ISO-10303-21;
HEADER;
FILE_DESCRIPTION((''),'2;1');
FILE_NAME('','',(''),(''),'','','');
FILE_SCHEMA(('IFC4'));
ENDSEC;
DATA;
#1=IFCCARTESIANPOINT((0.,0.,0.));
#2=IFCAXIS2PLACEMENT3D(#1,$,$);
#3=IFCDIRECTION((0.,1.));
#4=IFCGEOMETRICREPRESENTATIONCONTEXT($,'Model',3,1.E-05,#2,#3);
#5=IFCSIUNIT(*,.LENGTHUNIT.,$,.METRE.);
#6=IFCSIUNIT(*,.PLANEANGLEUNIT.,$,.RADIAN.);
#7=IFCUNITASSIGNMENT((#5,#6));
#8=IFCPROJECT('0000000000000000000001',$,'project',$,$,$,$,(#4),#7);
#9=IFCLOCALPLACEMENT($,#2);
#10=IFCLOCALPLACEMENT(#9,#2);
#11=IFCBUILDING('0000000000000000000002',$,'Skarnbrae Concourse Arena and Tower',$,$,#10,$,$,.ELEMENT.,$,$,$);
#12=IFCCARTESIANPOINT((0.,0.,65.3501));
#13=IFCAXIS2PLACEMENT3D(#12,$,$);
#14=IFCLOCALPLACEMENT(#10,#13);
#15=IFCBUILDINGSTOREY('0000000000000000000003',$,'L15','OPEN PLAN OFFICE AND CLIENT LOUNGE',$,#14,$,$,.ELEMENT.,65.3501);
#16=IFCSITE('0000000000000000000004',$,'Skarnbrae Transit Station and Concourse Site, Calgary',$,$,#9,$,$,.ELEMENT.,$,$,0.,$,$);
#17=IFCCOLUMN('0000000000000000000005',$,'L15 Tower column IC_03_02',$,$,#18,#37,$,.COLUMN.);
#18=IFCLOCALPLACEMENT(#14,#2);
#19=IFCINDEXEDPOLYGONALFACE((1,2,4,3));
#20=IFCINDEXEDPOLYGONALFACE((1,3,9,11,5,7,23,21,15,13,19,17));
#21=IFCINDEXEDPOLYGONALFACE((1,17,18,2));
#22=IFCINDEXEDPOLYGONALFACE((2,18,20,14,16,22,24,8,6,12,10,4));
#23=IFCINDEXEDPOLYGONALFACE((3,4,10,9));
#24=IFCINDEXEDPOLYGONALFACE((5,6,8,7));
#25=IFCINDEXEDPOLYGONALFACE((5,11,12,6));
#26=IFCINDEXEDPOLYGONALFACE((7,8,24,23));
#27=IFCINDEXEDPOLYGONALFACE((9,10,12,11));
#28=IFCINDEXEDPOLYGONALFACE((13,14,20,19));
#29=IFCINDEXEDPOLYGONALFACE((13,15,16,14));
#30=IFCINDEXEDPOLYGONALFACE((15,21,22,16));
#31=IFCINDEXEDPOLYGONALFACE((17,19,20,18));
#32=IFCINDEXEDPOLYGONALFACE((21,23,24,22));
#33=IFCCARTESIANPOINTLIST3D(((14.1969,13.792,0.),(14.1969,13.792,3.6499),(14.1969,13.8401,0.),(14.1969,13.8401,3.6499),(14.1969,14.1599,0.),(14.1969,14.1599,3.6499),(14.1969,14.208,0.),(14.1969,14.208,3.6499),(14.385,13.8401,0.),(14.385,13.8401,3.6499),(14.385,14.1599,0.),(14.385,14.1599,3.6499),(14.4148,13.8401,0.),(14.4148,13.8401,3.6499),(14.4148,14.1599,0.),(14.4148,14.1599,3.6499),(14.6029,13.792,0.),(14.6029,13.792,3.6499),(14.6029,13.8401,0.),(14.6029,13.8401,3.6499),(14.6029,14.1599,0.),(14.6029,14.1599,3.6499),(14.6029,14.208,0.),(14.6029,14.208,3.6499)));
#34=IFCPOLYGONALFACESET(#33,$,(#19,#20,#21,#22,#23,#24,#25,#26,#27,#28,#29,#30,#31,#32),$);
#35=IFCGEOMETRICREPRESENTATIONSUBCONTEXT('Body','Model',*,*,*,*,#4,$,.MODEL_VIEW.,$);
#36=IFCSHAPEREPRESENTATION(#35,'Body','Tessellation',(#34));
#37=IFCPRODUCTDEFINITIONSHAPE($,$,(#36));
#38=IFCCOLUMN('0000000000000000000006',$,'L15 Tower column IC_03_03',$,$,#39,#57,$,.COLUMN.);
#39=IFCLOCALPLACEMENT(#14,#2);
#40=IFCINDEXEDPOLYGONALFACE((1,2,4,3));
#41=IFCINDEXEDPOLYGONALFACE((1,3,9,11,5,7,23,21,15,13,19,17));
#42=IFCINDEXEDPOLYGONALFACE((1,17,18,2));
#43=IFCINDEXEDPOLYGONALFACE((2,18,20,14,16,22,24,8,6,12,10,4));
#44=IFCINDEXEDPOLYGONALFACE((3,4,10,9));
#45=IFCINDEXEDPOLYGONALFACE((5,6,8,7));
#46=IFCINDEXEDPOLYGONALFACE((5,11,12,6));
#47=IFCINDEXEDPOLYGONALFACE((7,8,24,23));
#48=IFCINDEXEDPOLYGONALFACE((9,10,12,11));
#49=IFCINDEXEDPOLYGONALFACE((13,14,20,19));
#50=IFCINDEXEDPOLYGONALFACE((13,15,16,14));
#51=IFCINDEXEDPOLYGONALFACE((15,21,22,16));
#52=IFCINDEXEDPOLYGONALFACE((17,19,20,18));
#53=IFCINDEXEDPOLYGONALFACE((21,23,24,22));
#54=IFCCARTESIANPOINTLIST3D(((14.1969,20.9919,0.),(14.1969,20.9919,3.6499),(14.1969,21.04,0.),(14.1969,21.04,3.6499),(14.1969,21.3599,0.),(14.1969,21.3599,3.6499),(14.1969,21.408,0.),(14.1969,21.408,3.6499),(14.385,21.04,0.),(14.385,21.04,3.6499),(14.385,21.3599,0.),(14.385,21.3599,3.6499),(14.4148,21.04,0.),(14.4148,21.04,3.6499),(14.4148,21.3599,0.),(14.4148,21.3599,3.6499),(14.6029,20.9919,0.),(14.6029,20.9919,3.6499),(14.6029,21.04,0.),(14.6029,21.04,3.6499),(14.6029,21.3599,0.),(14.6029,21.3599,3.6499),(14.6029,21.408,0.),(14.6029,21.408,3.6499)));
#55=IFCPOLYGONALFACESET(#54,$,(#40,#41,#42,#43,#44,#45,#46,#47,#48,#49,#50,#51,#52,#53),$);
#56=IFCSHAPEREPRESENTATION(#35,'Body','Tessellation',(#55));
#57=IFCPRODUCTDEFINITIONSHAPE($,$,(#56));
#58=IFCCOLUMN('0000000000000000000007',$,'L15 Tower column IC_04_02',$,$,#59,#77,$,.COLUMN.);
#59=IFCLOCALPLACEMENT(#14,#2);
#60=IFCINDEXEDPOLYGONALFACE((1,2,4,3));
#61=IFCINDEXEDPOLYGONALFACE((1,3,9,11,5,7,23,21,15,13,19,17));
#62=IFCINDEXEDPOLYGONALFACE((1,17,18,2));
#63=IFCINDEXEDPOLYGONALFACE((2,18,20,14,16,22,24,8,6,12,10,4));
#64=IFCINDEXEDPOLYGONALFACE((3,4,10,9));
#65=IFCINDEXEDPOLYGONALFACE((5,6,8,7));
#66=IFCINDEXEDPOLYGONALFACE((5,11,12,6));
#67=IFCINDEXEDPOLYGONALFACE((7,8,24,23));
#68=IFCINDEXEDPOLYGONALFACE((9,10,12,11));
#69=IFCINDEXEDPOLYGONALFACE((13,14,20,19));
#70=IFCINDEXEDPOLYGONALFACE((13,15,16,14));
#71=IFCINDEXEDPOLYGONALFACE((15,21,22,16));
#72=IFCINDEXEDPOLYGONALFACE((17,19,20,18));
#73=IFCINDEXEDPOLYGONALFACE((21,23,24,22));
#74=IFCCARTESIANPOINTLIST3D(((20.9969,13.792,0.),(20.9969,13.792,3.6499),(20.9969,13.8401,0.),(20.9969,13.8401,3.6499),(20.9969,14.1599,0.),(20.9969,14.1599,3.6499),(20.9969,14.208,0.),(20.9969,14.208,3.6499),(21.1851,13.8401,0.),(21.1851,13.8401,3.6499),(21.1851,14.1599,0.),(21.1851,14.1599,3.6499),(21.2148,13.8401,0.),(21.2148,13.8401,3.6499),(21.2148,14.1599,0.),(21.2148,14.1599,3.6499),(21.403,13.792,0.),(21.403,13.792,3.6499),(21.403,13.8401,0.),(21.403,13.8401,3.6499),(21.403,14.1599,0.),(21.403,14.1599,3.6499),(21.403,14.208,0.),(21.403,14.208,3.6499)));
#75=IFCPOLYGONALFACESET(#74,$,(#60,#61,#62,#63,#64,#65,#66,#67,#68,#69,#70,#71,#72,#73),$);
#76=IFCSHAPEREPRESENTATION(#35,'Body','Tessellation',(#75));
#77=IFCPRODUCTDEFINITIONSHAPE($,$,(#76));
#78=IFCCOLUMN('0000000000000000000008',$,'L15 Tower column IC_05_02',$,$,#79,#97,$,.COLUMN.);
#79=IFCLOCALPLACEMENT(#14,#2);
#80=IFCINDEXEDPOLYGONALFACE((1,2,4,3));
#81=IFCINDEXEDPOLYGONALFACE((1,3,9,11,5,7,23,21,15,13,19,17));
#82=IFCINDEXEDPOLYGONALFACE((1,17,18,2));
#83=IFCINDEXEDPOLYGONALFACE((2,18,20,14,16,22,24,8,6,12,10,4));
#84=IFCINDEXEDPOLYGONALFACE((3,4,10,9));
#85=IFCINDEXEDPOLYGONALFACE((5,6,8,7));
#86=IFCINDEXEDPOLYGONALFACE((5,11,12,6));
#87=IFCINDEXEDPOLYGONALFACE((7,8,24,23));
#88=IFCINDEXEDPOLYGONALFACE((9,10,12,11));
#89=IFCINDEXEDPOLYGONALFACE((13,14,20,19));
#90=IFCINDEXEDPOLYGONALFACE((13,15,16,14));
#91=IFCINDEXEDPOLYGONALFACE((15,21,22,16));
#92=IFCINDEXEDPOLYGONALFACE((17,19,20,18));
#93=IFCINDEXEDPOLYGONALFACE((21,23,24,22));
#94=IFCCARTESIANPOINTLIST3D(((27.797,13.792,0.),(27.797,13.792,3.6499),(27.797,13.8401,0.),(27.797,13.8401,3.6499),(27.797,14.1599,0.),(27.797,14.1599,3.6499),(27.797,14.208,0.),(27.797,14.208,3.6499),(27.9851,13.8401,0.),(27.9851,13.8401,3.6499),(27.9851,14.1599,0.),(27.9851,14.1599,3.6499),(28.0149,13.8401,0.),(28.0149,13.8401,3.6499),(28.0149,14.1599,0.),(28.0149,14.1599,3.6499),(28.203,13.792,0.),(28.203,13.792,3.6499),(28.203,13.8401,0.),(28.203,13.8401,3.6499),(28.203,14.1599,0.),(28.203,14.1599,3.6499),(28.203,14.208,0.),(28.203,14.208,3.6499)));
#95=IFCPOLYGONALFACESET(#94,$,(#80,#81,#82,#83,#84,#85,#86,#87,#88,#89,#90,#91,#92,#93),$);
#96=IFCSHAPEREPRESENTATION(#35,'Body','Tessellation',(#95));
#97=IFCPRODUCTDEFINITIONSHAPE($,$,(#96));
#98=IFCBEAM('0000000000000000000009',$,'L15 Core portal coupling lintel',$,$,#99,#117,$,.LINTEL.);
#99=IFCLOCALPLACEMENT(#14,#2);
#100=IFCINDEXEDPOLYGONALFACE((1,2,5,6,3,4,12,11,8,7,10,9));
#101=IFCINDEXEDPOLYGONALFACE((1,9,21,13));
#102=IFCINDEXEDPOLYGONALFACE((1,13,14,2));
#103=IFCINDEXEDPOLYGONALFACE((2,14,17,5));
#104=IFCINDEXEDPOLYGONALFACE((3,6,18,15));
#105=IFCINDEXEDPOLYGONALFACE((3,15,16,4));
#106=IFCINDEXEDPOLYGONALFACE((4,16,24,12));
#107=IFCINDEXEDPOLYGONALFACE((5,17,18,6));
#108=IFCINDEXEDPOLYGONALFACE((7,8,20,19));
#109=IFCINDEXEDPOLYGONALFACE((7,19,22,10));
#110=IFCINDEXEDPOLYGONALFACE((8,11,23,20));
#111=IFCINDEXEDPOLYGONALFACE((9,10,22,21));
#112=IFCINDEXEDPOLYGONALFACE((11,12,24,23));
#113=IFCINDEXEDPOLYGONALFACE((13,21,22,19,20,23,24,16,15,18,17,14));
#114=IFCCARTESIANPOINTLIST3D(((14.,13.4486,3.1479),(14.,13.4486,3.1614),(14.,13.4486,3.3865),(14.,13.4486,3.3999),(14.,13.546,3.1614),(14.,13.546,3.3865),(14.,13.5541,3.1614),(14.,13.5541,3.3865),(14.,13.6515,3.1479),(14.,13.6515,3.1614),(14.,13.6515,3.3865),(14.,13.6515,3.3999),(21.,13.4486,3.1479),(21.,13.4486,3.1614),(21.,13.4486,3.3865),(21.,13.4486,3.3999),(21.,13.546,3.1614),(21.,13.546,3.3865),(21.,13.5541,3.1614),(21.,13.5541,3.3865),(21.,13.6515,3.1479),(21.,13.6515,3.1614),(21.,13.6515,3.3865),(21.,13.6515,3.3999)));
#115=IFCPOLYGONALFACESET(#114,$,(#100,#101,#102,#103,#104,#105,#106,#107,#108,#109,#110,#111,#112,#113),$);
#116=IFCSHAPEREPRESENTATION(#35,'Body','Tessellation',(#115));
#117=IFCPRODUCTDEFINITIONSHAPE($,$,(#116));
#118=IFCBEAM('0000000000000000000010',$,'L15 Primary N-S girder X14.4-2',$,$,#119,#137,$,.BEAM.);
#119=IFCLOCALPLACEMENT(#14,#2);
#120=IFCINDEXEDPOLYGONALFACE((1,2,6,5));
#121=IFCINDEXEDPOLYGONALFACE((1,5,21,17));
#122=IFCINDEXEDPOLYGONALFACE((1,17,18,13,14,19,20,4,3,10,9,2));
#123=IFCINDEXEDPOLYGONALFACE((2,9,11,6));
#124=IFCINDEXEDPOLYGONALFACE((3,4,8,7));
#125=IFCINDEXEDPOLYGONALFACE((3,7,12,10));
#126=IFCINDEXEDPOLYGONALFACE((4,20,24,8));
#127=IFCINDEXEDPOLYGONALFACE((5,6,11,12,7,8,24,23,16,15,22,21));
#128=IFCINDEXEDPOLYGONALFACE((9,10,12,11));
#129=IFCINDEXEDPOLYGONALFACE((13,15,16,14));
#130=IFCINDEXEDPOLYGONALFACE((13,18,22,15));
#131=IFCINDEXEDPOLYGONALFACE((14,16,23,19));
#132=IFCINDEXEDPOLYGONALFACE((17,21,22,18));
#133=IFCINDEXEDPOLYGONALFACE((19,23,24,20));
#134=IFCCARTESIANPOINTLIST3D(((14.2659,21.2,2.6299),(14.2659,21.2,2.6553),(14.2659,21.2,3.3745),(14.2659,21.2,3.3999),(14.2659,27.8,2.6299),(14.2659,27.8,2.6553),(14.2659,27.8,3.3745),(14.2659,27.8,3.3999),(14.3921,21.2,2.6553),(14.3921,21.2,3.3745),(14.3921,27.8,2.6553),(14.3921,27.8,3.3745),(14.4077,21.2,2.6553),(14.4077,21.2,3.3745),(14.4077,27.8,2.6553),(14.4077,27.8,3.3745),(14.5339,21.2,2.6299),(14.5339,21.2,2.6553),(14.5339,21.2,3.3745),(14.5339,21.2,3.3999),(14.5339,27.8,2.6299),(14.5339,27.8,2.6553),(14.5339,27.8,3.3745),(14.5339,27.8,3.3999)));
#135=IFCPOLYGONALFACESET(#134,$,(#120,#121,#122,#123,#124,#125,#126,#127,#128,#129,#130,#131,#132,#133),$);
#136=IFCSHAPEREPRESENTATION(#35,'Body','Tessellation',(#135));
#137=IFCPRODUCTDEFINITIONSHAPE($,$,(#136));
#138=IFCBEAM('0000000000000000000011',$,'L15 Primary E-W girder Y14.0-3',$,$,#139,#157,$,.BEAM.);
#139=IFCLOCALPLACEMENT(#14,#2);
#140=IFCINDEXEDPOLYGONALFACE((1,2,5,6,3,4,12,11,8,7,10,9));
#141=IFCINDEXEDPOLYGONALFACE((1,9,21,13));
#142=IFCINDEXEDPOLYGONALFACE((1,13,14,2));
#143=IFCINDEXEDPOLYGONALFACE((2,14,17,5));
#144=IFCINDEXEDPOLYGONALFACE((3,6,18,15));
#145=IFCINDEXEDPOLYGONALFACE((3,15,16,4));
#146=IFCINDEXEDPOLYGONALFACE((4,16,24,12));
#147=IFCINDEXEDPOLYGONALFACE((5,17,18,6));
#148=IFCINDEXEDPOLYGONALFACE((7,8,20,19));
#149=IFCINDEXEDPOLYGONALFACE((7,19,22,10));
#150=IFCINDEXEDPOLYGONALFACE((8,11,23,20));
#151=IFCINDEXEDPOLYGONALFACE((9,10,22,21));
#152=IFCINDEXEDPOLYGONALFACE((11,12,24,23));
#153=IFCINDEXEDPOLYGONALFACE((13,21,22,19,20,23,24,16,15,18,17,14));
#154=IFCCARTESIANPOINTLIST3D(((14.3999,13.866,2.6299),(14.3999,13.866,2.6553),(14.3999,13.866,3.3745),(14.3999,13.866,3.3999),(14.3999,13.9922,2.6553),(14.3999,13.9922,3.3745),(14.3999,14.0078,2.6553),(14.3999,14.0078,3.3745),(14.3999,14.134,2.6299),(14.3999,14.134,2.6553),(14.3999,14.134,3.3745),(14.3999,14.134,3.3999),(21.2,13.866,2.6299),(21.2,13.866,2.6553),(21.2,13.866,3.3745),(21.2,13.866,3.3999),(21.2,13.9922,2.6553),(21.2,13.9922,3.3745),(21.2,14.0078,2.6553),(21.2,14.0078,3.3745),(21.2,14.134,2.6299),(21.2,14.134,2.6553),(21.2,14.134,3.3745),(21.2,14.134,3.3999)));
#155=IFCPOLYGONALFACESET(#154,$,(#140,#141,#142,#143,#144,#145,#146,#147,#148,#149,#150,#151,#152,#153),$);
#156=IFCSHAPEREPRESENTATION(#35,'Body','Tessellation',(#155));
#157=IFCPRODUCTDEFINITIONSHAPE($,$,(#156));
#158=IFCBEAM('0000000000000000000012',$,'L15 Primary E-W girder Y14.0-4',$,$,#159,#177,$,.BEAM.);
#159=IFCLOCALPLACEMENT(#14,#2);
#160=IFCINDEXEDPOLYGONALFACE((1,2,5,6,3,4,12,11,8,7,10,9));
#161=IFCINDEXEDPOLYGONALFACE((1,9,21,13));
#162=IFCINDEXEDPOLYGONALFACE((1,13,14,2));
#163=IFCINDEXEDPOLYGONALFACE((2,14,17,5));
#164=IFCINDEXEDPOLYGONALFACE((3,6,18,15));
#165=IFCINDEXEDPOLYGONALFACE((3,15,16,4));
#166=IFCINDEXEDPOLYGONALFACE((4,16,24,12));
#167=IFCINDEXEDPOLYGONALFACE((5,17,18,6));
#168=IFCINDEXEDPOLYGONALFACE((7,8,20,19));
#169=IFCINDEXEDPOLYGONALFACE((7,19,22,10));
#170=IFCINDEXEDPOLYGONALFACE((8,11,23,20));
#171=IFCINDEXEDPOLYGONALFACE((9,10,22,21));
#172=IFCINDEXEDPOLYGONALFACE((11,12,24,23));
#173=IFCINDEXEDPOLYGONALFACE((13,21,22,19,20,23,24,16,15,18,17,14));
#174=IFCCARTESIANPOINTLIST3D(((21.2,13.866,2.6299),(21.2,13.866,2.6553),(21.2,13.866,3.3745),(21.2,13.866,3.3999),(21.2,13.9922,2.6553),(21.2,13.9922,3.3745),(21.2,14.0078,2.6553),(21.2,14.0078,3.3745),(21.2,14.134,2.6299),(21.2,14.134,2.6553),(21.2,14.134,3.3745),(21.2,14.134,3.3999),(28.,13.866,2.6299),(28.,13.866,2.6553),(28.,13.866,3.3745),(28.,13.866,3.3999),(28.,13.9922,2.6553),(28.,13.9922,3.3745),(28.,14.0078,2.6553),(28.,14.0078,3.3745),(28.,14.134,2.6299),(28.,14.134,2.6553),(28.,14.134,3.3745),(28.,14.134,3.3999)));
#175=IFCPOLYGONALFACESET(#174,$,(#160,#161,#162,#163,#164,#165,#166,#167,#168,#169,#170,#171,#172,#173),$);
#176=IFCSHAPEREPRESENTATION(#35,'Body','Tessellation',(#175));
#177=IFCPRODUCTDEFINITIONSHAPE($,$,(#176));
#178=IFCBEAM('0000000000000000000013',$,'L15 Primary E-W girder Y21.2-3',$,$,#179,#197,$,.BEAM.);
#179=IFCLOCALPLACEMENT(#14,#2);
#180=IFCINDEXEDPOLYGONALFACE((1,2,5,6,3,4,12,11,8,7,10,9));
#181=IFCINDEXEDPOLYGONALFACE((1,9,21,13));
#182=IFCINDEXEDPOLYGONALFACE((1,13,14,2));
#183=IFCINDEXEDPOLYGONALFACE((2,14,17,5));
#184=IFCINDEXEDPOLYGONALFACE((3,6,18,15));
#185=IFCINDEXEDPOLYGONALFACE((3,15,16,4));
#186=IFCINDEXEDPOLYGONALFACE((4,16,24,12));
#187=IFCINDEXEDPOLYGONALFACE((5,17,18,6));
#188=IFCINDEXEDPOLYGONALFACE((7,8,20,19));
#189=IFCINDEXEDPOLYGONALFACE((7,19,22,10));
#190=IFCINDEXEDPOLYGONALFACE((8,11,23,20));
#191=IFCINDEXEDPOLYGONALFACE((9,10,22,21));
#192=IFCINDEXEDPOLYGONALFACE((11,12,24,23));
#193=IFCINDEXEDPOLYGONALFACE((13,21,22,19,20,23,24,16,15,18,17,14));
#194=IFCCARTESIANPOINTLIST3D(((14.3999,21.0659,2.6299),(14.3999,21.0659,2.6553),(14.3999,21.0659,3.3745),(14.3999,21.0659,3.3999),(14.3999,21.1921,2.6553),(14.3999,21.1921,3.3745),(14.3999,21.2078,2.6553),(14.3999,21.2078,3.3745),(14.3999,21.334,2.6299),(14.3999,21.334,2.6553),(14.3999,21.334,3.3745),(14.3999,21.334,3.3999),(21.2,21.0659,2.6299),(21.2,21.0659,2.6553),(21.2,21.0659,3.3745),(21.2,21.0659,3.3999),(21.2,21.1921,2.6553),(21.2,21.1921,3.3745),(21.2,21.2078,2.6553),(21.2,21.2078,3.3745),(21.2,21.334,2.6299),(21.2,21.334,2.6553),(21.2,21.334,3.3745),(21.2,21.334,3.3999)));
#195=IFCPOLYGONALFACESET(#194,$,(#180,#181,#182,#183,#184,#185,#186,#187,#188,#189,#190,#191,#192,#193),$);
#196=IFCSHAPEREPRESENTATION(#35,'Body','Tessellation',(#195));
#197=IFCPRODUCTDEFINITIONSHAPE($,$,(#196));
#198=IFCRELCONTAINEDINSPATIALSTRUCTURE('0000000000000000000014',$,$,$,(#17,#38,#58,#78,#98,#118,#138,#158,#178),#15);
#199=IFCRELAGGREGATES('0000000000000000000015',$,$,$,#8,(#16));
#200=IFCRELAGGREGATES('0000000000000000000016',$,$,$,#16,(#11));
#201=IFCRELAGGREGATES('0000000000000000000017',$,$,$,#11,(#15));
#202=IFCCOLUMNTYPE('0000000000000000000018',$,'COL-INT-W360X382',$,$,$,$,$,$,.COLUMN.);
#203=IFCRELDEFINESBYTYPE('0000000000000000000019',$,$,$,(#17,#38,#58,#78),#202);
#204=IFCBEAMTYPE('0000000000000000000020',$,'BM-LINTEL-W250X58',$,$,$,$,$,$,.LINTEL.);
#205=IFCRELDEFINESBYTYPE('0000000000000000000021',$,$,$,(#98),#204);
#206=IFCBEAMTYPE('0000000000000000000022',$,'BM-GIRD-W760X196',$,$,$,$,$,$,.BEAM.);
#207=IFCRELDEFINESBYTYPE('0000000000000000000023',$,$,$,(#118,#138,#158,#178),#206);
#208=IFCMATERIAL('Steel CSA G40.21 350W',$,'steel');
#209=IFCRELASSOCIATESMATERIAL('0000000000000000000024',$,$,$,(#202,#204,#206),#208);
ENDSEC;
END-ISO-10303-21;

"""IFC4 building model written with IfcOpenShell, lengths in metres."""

from ifc_helpers import new_model, si_unit, direction, frame, origin, origin_2d, place, context, subcontext, project, spatial, i_section, extrude, source, transform, mapped, material, material_profile, profile_set, type_object, element, save


model = new_model("IFC4")

# Units and contexts
model_context = context("Model", 3, precision=1e-05, world=origin(), true_north=direction((0.0, 1.0)))
body_context = subcontext(model_context, "Body", "Model", "MODEL_VIEW")
ifc_project = project(units=[si_unit("LENGTHUNIT", "METRE"), si_unit("PLANEANGLEUNIT", "RADIAN")], contexts=[model_context])

# Site, building, storey
site_placement = place(None, origin())
site = spatial("IfcSite", under=ifc_project, at=site_placement, Name="Skarnbrae Transit Station and Concourse Site, Calgary", CompositionType="ELEMENT", RefElevation=0.0)
building_placement = place(site_placement, origin())
building = spatial("IfcBuilding", under=site, at=building_placement, Name="Skarnbrae Concourse Arena and Tower", CompositionType="ELEMENT")
storey_placement = place(building_placement, frame((0.0, 0.0, 65.3501)))
storey = spatial("IfcBuildingStorey", under=building, at=storey_placement, Name="L15", Description="OPEN PLAN OFFICE AND CLIENT LOUNGE", CompositionType="ELEMENT", Elevation=65.3501)

# Columns
ifc_material_1 = material(Name="Steel CSA G40.21 350W", Category="steel")
ifc_material_profile_1 = material_profile(ifc_material_1, i_section(OverallWidth=0.406, OverallDepth=0.416, WebThickness=0.0298, FlangeThickness=0.0481, at=origin_2d()), Name="W360X382")
ifc_profile_set_1 = profile_set([ifc_material_profile_1], Name="Steel CSA G40.21 350W")
column_type = type_object("IfcColumnType", Name="COL-INT-W360X382", PredefinedType="COLUMN", material=ifc_profile_set_1)
shared_shape_1 = source(origin(), body_context, "Body", "SweptSolid", [
    extrude(i_section(OverallWidth=0.406, OverallDepth=0.416, WebThickness=0.0298, FlangeThickness=0.0481, at=origin_2d()), origin(), (0.0, 0.0, 1.0), 3.6499),
])
for number, where, z_axis, x_axis, name in (
    (1, (14.3999, 14.0, 0.0), (0.0, 0.0, 1.0), (1.0, 0.0, 0.0), "L15 Tower column IC_03_02"),
    (2, (14.3999, 21.2, 0.0), (0.0, 0.0, 1.0), (1.0, 0.0, 0.0), "L15 Tower column IC_03_03"),
    (3, (21.2, 14.0, 0.0), (0.0, 0.0, 1.0), (1.0, 0.0, 0.0), "L15 Tower column IC_04_02"),
    (4, (28.0, 14.0, 0.0), (0.0, 0.0, 1.0), (1.0, 0.0, 0.0), "L15 Tower column IC_05_02"),
):
    element("IfcColumn", number, at=place(storey_placement, frame(where, z_axis=z_axis, x_axis=x_axis)), inside=storey, type_object=column_type, Name=name, PredefinedType="COLUMN", context=body_context, shape_type="MappedRepresentation", body=[
        mapped(shared_shape_1, transform((0.0, 0.0, 0.0))),
    ])

# Beams
ifc_material_profile_2 = material_profile(ifc_material_1, i_section(OverallWidth=0.2029, OverallDepth=0.252, WebThickness=0.0081, FlangeThickness=0.0134, at=origin_2d()), Name="W250X58")
ifc_profile_set_2 = profile_set([ifc_material_profile_2], Name="Steel CSA G40.21 350W")
beam_type_1 = type_object("IfcBeamType", Name="BM-LINTEL-W250X58", PredefinedType="LINTEL", material=ifc_profile_set_2)
shared_shape_2 = source(origin(), body_context, "Body", "SweptSolid", [
    extrude(i_section(OverallWidth=0.2029, OverallDepth=0.252, WebThickness=0.0081, FlangeThickness=0.0134, at=origin_2d()), origin(), (0.0, 0.0, 1.0), 7.0),
])
beam_1_placement = place(storey_placement, frame((14.0, 13.55, 3.2739), z_axis=(1.0, 0.0, 0.0), x_axis=(0.0, 1.0, 0.0)))
element("IfcBeam", 5, at=beam_1_placement, inside=storey, type_object=beam_type_1, Name="L15 Core portal coupling lintel", PredefinedType="LINTEL", context=body_context, shape_type="MappedRepresentation", body=[
    mapped(shared_shape_2, transform((0.0, 0.0, 0.0))),
])
ifc_material_profile_3 = material_profile(ifc_material_1, i_section(OverallWidth=0.2681, OverallDepth=0.77, WebThickness=0.0156, FlangeThickness=0.0254, at=origin_2d()), Name="W760X196")
ifc_profile_set_3 = profile_set([ifc_material_profile_3], Name="Steel CSA G40.21 350W")
beam_type_2 = type_object("IfcBeamType", Name="BM-GIRD-W760X196", PredefinedType="BEAM", material=ifc_profile_set_3)
shared_shape_3 = source(origin(), body_context, "Body", "SweptSolid", [
    extrude(i_section(OverallWidth=0.2681, OverallDepth=0.77, WebThickness=0.0156, FlangeThickness=0.0254, at=origin_2d()), origin(), (0.0, 0.0, 1.0), 6.6001),
])
beam_2_placement = place(storey_placement, frame((14.3999, 21.2, 3.0149), z_axis=(0.0, 1.0, 0.0), x_axis=(-1.0, 0.0, 0.0)))
element("IfcBeam", 6, at=beam_2_placement, inside=storey, type_object=beam_type_2, Name="L15 Primary N-S girder X14.4-2", PredefinedType="BEAM", context=body_context, shape_type="MappedRepresentation", body=[
    mapped(shared_shape_3, transform((0.0, 0.0, 0.0))),
])
shared_shape_4 = source(origin(), body_context, "Body", "SweptSolid", [
    extrude(i_section(OverallWidth=0.2681, OverallDepth=0.77, WebThickness=0.0156, FlangeThickness=0.0254, at=origin_2d()), origin(), (0.0, 0.0, 1.0), 6.8),
])
for number, where, z_axis, x_axis, name in (
    (7, (14.3999, 14.0, 3.0149), (1.0, 0.0, 0.0), (0.0, 1.0, 0.0), "L15 Primary E-W girder Y14.0-3"),
    (8, (21.2, 14.0, 3.0149), (1.0, 0.0, 0.0), (0.0, 1.0, 0.0), "L15 Primary E-W girder Y14.0-4"),
    (9, (14.3999, 21.2, 3.0149), (1.0, 0.0, 0.0), (0.0, 1.0, 0.0), "L15 Primary E-W girder Y21.2-3"),
):
    element("IfcBeam", number, at=place(storey_placement, frame(where, z_axis=z_axis, x_axis=x_axis)), inside=storey, type_object=beam_type_2, Name=name, PredefinedType="BEAM", context=body_context, shape_type="MappedRepresentation", body=[
        mapped(shared_shape_4, transform((0.0, 0.0, 0.0))),
    ])

save(model, "model.ifc")
